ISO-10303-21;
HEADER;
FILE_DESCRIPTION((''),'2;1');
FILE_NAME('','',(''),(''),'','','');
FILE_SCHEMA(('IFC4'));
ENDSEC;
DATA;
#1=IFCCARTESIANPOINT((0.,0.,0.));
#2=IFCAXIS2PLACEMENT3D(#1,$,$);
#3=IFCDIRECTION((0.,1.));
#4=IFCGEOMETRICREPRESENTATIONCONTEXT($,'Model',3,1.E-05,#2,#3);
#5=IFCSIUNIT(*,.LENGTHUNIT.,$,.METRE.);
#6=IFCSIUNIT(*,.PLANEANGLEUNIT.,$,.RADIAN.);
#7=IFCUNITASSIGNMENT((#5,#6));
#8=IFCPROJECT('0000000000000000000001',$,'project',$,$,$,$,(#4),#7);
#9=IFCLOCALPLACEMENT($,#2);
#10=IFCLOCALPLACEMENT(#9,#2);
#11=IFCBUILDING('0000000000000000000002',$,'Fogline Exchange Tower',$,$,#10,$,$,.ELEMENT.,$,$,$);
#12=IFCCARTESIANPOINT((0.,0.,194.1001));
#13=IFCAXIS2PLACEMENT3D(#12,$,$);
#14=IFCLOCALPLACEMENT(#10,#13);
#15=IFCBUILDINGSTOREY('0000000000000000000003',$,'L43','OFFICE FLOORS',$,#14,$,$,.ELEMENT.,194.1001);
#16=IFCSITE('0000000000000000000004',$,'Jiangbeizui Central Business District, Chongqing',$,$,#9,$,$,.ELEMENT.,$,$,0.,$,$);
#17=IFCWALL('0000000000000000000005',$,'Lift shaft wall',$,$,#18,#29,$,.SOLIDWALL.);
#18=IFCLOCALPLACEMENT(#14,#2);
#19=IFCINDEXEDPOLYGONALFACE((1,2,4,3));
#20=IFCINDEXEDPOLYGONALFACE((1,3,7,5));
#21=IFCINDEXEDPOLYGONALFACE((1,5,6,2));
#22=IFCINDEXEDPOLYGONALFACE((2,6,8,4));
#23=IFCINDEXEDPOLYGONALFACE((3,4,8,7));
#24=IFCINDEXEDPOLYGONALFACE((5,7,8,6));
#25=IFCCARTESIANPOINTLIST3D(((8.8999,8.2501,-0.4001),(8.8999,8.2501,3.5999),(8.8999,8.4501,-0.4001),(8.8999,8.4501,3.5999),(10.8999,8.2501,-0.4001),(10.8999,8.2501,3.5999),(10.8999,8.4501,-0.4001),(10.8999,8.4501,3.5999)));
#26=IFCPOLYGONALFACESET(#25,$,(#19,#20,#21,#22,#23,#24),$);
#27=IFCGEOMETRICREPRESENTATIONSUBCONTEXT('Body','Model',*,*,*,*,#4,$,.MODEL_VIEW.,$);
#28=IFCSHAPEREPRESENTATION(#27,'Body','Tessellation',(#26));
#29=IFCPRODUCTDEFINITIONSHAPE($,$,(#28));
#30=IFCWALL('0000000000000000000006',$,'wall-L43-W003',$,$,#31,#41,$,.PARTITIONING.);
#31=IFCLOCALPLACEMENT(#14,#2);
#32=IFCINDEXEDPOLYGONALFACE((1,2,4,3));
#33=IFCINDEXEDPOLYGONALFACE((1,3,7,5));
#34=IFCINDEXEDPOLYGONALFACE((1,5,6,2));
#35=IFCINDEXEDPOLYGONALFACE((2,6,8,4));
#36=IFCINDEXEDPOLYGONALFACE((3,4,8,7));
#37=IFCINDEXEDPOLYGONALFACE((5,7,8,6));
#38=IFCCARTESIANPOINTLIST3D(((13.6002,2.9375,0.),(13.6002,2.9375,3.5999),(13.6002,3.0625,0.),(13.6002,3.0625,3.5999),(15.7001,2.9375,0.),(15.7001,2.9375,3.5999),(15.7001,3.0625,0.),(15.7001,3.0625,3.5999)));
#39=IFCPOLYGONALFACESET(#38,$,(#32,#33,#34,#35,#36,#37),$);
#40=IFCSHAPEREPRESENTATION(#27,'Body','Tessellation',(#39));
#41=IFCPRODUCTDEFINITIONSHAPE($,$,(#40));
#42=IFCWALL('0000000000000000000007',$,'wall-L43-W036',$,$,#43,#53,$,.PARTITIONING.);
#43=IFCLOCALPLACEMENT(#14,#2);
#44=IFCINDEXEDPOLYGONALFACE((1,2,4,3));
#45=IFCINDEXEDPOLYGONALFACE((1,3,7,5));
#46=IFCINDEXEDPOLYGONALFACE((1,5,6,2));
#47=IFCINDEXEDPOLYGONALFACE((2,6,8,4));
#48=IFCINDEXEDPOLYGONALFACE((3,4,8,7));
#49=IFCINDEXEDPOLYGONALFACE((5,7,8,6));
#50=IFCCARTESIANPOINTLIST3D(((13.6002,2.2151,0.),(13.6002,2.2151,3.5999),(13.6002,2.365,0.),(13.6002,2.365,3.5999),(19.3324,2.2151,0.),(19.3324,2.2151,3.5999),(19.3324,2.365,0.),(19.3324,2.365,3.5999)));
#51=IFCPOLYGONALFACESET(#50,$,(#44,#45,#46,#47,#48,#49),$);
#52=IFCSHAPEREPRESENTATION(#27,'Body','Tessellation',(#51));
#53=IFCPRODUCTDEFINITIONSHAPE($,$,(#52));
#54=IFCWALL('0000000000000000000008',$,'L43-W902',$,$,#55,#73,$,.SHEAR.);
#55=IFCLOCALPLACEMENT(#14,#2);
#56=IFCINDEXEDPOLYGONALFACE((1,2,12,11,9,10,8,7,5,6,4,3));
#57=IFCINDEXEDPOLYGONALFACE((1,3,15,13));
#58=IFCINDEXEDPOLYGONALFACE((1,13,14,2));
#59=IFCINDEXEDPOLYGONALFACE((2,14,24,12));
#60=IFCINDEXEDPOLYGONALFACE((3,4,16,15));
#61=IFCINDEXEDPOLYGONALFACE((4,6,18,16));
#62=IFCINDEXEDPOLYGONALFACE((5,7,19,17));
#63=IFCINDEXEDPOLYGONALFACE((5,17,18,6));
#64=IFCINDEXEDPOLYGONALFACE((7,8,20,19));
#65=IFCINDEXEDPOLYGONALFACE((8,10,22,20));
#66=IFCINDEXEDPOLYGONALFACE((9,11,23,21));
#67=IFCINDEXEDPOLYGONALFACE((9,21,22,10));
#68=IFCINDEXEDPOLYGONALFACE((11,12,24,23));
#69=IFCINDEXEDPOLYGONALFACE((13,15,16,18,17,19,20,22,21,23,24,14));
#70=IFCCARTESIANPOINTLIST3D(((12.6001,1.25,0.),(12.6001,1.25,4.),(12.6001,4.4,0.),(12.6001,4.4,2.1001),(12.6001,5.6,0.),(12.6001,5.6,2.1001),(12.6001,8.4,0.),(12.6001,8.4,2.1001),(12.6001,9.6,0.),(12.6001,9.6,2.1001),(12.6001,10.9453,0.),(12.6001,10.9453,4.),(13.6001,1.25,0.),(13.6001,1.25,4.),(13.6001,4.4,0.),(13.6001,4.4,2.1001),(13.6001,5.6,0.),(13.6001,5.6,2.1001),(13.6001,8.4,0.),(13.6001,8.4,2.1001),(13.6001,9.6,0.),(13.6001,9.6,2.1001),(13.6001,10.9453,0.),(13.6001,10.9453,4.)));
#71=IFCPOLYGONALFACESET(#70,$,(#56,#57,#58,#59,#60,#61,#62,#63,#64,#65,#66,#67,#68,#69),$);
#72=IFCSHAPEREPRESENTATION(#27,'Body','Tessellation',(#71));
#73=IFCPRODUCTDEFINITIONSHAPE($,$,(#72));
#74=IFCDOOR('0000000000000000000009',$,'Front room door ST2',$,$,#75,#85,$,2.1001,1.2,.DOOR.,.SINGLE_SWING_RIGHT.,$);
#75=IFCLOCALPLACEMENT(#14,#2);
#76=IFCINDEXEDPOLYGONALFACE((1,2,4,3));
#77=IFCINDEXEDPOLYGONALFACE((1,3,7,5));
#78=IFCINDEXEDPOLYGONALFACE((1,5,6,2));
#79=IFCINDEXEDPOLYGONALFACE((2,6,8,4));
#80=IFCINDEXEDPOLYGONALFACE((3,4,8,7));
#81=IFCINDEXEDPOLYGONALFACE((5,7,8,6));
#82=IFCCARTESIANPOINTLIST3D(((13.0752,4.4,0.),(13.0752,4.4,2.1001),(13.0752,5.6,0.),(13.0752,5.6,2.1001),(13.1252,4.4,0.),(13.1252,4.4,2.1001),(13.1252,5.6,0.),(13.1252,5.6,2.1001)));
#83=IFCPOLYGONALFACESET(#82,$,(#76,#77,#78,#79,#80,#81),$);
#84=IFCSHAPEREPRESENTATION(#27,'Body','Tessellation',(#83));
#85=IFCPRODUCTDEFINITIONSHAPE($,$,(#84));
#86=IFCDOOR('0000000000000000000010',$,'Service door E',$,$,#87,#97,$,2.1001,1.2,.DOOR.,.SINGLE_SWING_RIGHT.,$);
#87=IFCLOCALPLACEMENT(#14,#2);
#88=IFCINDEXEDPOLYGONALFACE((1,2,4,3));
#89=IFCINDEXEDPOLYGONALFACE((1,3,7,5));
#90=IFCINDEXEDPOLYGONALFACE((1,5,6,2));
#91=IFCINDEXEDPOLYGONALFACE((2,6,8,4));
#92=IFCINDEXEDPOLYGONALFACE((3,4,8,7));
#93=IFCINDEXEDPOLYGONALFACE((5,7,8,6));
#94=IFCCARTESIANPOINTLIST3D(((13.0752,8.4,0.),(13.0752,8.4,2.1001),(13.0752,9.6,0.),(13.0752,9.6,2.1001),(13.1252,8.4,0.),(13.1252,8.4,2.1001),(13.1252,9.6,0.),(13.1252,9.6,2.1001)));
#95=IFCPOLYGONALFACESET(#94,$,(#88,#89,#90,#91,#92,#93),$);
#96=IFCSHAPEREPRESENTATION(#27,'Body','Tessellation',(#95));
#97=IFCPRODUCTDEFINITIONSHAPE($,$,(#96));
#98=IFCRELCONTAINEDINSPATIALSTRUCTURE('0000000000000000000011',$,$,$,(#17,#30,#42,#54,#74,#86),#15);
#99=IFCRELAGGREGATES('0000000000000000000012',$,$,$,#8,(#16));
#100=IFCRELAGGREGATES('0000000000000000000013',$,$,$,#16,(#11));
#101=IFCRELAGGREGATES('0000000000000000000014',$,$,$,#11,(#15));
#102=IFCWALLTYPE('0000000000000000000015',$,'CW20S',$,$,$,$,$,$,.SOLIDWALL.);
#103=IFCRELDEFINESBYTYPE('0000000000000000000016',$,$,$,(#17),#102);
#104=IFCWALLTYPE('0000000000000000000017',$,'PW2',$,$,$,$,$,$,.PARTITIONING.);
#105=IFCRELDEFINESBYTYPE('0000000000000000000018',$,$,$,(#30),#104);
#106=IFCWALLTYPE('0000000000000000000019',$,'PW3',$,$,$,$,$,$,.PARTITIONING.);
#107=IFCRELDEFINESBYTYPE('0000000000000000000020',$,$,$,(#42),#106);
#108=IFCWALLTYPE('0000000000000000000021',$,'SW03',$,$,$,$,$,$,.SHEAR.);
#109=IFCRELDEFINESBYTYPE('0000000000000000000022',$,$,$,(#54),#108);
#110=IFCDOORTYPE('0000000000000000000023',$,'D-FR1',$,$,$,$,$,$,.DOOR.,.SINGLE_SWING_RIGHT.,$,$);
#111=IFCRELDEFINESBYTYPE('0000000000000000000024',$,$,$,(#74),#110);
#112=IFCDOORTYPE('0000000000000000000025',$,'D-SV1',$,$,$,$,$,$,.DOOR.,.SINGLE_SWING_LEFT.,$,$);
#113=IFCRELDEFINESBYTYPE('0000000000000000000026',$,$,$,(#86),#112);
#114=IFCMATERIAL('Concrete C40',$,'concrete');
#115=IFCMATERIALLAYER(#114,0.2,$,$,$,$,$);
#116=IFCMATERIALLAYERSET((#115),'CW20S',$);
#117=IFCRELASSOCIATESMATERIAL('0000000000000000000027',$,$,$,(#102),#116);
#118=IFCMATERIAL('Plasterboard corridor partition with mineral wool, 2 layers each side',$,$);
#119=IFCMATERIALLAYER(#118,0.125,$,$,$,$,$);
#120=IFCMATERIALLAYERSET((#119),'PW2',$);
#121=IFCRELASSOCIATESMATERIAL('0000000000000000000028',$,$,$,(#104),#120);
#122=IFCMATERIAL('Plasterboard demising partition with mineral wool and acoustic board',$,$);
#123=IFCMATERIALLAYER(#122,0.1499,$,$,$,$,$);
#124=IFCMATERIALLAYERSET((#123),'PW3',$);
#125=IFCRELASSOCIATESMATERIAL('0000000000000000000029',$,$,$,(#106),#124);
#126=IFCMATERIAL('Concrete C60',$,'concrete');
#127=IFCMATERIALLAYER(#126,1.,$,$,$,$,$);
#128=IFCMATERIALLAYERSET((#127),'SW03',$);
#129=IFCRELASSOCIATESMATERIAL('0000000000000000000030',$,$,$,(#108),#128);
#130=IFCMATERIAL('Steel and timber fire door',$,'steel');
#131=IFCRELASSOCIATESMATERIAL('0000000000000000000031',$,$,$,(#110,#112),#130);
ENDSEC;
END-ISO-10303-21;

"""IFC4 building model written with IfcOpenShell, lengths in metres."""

from ifc_helpers import new_model, si_unit, direction, frame, frame_2d, origin, place, context, subcontext, project, spatial, rectangle, extrude, material, layer, layer_set, type_object, element, fill, save


model = new_model("IFC4")

# Units and contexts
model_context = context("Model", 3, precision=1e-05, world=origin(), true_north=direction((0.0, 1.0)))
body_context = subcontext(model_context, "Body", "Model", "MODEL_VIEW")
ifc_project = project(units=[si_unit("LENGTHUNIT", "METRE"), si_unit("PLANEANGLEUNIT", "RADIAN")], contexts=[model_context])

# Site, building, storey
site_placement = place(None, origin())
site = spatial("IfcSite", under=ifc_project, at=site_placement, Name="Jiangbeizui Central Business District, Chongqing", CompositionType="ELEMENT", RefElevation=0.0)
building_placement = place(site_placement, origin())
building = spatial("IfcBuilding", under=site, at=building_placement, Name="Fogline Exchange Tower", CompositionType="ELEMENT")
storey_placement = place(building_placement, frame((0.0, 0.0, 194.1001)))
storey = spatial("IfcBuildingStorey", under=building, at=storey_placement, Name="L43", Description="OFFICE FLOORS", CompositionType="ELEMENT", Elevation=194.1001)

# Shared definitions
ifc_material_1 = material(Name="Concrete C60", Category="concrete")

# Shared definitions
ifc_material_2 = material(Name="Concrete C40", Category="concrete")

# Shared definitions
ifc_material_3 = material(Name="Steel and timber fire door", Category="steel")

# Walls
ifc_layer_1 = layer(ifc_material_2, 0.2)
ifc_layer_set_1 = layer_set([ifc_layer_1], Name="CW20S")
wall_type_1 = type_object("IfcWallType", Name="CW20S", PredefinedType="SOLIDWALL", material=ifc_layer_set_1)
wall_1_placement = place(storey_placement, frame((8.8999, 8.3501, -0.4001), z_axis=(0.0, 0.0, 1.0), x_axis=(1.0, 0.0, 0.0)))
element("IfcWall", 1, at=wall_1_placement, inside=storey, type_object=wall_type_1, Name="Lift shaft wall", PredefinedType="SOLIDWALL", context=body_context, shape_type="SweptSolid", body=[
    extrude(rectangle(XDim=2.0, YDim=0.2, at=frame_2d((1.0, 0.0))), origin(), (0.0, 0.0, 1.0), 4.0),
])
ifc_material_4 = material(Name="Plasterboard corridor partition with mineral wool, 2 layers each side")
ifc_layer_2 = layer(ifc_material_4, 0.125)
ifc_layer_set_2 = layer_set([ifc_layer_2], Name="PW2")
wall_type_2 = type_object("IfcWallType", Name="PW2", PredefinedType="PARTITIONING", material=ifc_layer_set_2)
wall_2_placement = place(storey_placement, frame((15.7, 3.0, 0.0), z_axis=(0.0, 0.0, 1.0), x_axis=(-1.0, 0.0, 0.0)))
element("IfcWall", 2, at=wall_2_placement, inside=storey, type_object=wall_type_2, Name="wall-L43-W003", PredefinedType="PARTITIONING", context=body_context, shape_type="SweptSolid", body=[
    extrude(rectangle(XDim=2.0999, YDim=0.125, at=frame_2d((1.0498, 0.0))), origin(), (0.0, 0.0, 1.0), 3.5999),
])
ifc_material_5 = material(Name="Plasterboard demising partition with mineral wool and acoustic board")
ifc_layer_3 = layer(ifc_material_5, 0.1499)
ifc_layer_set_3 = layer_set([ifc_layer_3], Name="PW3")
wall_type_3 = type_object("IfcWallType", Name="PW3", PredefinedType="PARTITIONING", material=ifc_layer_set_3)
wall_3_placement = place(storey_placement, frame((13.6001, 2.29, 0.0), z_axis=(0.0, 0.0, 1.0), x_axis=(1.0, 0.0, 0.0)))
element("IfcWall", 3, at=wall_3_placement, inside=storey, type_object=wall_type_3, Name="wall-L43-W036", PredefinedType="PARTITIONING", context=body_context, shape_type="SweptSolid", body=[
    extrude(rectangle(XDim=5.7322, YDim=0.1499, at=frame_2d((2.8662, 0.0))), origin(), (0.0, 0.0, 1.0), 3.5999),
])

# Wall, openings, doors
ifc_layer_4 = layer(ifc_material_1, 1.0)
ifc_layer_set_4 = layer_set([ifc_layer_4], Name="SW03")
wall_type_4 = type_object("IfcWallType", Name="SW03", PredefinedType="SHEAR", material=ifc_layer_set_4)
wall_4_placement = place(storey_placement, frame((13.1001, 1.25, 0.0), z_axis=(0.0, 0.0, 1.0), x_axis=(0.0, 1.0, 0.0)))
wall_4 = element("IfcWall", 4, at=wall_4_placement, inside=storey, type_object=wall_type_4, Name="L43-W902", PredefinedType="SHEAR", context=body_context, shape_type="SweptSolid", body=[
    extrude(rectangle(XDim=9.6953, YDim=1.0, at=frame_2d((4.8477, 0.0))), origin(), (0.0, 0.0, 1.0), 4.0),
])
opening_1_placement = place(wall_4_placement, frame((3.1499, 0.0, 0.0)))
opening_1 = element("IfcOpeningElement", 5, at=opening_1_placement, cuts=wall_4, PredefinedType="OPENING", context=body_context, shape_type="SweptSolid", body=[
    extrude(rectangle(XDim=1.2, YDim=2.1001, at=frame_2d((0.6001, 1.05))), frame((0.0, 0.51, 0.0), z_axis=(0.0, -1.0, 0.0), x_axis=(1.0, 0.0, 0.0)), (0.0, 0.0, 1.0), 1.02),
])
opening_2_placement = place(wall_4_placement, frame((7.1499, 0.0, 0.0)))
opening_2 = element("IfcOpeningElement", 6, at=opening_2_placement, cuts=wall_4, PredefinedType="OPENING", context=body_context, shape_type="SweptSolid", body=[
    extrude(rectangle(XDim=1.2, YDim=2.1001, at=frame_2d((0.6001, 1.05))), frame((0.0, 0.51, 0.0), z_axis=(0.0, -1.0, 0.0), x_axis=(1.0, 0.0, 0.0)), (0.0, 0.0, 1.0), 1.02),
])
door_type_1 = type_object("IfcDoorType", Name="D-FR1", OperationType="SINGLE_SWING_RIGHT", PredefinedType="DOOR", material=ifc_material_3)
door_1_placement = place(opening_1_placement, origin())
door_1 = element("IfcDoor", 7, at=door_1_placement, inside=storey, type_object=door_type_1, Name="Front room door ST2", OperationType="SINGLE_SWING_RIGHT", OverallHeight=2.1001, OverallWidth=1.2, PredefinedType="DOOR", context=body_context, shape_type="SweptSolid", body=[
    extrude(rectangle(XDim=1.2, YDim=2.1001, at=frame_2d((0.6001, 1.05))), frame((0.0, 0.0249, 0.0), z_axis=(0.0, -1.0, 0.0), x_axis=(1.0, 0.0, 0.0)), (0.0, 0.0, 1.0), 0.05),
])
fill(opening_1, door_1)
door_type_2 = type_object("IfcDoorType", Name="D-SV1", OperationType="SINGLE_SWING_LEFT", PredefinedType="DOOR", material=ifc_material_3)
door_2_placement = place(opening_2_placement, origin())
door_2 = element("IfcDoor", 8, at=door_2_placement, inside=storey, type_object=door_type_2, Name="Service door E", OperationType="SINGLE_SWING_RIGHT", OverallHeight=2.1001, OverallWidth=1.2, PredefinedType="DOOR", context=body_context, shape_type="SweptSolid", body=[
    extrude(rectangle(XDim=1.2, YDim=2.1001, at=frame_2d((0.6001, 1.05))), frame((0.0, 0.0249, 0.0), z_axis=(0.0, -1.0, 0.0), x_axis=(1.0, 0.0, 0.0)), (0.0, 0.0, 1.0), 0.05),
])
fill(opening_2, door_2)

save(model, "model.ifc")
